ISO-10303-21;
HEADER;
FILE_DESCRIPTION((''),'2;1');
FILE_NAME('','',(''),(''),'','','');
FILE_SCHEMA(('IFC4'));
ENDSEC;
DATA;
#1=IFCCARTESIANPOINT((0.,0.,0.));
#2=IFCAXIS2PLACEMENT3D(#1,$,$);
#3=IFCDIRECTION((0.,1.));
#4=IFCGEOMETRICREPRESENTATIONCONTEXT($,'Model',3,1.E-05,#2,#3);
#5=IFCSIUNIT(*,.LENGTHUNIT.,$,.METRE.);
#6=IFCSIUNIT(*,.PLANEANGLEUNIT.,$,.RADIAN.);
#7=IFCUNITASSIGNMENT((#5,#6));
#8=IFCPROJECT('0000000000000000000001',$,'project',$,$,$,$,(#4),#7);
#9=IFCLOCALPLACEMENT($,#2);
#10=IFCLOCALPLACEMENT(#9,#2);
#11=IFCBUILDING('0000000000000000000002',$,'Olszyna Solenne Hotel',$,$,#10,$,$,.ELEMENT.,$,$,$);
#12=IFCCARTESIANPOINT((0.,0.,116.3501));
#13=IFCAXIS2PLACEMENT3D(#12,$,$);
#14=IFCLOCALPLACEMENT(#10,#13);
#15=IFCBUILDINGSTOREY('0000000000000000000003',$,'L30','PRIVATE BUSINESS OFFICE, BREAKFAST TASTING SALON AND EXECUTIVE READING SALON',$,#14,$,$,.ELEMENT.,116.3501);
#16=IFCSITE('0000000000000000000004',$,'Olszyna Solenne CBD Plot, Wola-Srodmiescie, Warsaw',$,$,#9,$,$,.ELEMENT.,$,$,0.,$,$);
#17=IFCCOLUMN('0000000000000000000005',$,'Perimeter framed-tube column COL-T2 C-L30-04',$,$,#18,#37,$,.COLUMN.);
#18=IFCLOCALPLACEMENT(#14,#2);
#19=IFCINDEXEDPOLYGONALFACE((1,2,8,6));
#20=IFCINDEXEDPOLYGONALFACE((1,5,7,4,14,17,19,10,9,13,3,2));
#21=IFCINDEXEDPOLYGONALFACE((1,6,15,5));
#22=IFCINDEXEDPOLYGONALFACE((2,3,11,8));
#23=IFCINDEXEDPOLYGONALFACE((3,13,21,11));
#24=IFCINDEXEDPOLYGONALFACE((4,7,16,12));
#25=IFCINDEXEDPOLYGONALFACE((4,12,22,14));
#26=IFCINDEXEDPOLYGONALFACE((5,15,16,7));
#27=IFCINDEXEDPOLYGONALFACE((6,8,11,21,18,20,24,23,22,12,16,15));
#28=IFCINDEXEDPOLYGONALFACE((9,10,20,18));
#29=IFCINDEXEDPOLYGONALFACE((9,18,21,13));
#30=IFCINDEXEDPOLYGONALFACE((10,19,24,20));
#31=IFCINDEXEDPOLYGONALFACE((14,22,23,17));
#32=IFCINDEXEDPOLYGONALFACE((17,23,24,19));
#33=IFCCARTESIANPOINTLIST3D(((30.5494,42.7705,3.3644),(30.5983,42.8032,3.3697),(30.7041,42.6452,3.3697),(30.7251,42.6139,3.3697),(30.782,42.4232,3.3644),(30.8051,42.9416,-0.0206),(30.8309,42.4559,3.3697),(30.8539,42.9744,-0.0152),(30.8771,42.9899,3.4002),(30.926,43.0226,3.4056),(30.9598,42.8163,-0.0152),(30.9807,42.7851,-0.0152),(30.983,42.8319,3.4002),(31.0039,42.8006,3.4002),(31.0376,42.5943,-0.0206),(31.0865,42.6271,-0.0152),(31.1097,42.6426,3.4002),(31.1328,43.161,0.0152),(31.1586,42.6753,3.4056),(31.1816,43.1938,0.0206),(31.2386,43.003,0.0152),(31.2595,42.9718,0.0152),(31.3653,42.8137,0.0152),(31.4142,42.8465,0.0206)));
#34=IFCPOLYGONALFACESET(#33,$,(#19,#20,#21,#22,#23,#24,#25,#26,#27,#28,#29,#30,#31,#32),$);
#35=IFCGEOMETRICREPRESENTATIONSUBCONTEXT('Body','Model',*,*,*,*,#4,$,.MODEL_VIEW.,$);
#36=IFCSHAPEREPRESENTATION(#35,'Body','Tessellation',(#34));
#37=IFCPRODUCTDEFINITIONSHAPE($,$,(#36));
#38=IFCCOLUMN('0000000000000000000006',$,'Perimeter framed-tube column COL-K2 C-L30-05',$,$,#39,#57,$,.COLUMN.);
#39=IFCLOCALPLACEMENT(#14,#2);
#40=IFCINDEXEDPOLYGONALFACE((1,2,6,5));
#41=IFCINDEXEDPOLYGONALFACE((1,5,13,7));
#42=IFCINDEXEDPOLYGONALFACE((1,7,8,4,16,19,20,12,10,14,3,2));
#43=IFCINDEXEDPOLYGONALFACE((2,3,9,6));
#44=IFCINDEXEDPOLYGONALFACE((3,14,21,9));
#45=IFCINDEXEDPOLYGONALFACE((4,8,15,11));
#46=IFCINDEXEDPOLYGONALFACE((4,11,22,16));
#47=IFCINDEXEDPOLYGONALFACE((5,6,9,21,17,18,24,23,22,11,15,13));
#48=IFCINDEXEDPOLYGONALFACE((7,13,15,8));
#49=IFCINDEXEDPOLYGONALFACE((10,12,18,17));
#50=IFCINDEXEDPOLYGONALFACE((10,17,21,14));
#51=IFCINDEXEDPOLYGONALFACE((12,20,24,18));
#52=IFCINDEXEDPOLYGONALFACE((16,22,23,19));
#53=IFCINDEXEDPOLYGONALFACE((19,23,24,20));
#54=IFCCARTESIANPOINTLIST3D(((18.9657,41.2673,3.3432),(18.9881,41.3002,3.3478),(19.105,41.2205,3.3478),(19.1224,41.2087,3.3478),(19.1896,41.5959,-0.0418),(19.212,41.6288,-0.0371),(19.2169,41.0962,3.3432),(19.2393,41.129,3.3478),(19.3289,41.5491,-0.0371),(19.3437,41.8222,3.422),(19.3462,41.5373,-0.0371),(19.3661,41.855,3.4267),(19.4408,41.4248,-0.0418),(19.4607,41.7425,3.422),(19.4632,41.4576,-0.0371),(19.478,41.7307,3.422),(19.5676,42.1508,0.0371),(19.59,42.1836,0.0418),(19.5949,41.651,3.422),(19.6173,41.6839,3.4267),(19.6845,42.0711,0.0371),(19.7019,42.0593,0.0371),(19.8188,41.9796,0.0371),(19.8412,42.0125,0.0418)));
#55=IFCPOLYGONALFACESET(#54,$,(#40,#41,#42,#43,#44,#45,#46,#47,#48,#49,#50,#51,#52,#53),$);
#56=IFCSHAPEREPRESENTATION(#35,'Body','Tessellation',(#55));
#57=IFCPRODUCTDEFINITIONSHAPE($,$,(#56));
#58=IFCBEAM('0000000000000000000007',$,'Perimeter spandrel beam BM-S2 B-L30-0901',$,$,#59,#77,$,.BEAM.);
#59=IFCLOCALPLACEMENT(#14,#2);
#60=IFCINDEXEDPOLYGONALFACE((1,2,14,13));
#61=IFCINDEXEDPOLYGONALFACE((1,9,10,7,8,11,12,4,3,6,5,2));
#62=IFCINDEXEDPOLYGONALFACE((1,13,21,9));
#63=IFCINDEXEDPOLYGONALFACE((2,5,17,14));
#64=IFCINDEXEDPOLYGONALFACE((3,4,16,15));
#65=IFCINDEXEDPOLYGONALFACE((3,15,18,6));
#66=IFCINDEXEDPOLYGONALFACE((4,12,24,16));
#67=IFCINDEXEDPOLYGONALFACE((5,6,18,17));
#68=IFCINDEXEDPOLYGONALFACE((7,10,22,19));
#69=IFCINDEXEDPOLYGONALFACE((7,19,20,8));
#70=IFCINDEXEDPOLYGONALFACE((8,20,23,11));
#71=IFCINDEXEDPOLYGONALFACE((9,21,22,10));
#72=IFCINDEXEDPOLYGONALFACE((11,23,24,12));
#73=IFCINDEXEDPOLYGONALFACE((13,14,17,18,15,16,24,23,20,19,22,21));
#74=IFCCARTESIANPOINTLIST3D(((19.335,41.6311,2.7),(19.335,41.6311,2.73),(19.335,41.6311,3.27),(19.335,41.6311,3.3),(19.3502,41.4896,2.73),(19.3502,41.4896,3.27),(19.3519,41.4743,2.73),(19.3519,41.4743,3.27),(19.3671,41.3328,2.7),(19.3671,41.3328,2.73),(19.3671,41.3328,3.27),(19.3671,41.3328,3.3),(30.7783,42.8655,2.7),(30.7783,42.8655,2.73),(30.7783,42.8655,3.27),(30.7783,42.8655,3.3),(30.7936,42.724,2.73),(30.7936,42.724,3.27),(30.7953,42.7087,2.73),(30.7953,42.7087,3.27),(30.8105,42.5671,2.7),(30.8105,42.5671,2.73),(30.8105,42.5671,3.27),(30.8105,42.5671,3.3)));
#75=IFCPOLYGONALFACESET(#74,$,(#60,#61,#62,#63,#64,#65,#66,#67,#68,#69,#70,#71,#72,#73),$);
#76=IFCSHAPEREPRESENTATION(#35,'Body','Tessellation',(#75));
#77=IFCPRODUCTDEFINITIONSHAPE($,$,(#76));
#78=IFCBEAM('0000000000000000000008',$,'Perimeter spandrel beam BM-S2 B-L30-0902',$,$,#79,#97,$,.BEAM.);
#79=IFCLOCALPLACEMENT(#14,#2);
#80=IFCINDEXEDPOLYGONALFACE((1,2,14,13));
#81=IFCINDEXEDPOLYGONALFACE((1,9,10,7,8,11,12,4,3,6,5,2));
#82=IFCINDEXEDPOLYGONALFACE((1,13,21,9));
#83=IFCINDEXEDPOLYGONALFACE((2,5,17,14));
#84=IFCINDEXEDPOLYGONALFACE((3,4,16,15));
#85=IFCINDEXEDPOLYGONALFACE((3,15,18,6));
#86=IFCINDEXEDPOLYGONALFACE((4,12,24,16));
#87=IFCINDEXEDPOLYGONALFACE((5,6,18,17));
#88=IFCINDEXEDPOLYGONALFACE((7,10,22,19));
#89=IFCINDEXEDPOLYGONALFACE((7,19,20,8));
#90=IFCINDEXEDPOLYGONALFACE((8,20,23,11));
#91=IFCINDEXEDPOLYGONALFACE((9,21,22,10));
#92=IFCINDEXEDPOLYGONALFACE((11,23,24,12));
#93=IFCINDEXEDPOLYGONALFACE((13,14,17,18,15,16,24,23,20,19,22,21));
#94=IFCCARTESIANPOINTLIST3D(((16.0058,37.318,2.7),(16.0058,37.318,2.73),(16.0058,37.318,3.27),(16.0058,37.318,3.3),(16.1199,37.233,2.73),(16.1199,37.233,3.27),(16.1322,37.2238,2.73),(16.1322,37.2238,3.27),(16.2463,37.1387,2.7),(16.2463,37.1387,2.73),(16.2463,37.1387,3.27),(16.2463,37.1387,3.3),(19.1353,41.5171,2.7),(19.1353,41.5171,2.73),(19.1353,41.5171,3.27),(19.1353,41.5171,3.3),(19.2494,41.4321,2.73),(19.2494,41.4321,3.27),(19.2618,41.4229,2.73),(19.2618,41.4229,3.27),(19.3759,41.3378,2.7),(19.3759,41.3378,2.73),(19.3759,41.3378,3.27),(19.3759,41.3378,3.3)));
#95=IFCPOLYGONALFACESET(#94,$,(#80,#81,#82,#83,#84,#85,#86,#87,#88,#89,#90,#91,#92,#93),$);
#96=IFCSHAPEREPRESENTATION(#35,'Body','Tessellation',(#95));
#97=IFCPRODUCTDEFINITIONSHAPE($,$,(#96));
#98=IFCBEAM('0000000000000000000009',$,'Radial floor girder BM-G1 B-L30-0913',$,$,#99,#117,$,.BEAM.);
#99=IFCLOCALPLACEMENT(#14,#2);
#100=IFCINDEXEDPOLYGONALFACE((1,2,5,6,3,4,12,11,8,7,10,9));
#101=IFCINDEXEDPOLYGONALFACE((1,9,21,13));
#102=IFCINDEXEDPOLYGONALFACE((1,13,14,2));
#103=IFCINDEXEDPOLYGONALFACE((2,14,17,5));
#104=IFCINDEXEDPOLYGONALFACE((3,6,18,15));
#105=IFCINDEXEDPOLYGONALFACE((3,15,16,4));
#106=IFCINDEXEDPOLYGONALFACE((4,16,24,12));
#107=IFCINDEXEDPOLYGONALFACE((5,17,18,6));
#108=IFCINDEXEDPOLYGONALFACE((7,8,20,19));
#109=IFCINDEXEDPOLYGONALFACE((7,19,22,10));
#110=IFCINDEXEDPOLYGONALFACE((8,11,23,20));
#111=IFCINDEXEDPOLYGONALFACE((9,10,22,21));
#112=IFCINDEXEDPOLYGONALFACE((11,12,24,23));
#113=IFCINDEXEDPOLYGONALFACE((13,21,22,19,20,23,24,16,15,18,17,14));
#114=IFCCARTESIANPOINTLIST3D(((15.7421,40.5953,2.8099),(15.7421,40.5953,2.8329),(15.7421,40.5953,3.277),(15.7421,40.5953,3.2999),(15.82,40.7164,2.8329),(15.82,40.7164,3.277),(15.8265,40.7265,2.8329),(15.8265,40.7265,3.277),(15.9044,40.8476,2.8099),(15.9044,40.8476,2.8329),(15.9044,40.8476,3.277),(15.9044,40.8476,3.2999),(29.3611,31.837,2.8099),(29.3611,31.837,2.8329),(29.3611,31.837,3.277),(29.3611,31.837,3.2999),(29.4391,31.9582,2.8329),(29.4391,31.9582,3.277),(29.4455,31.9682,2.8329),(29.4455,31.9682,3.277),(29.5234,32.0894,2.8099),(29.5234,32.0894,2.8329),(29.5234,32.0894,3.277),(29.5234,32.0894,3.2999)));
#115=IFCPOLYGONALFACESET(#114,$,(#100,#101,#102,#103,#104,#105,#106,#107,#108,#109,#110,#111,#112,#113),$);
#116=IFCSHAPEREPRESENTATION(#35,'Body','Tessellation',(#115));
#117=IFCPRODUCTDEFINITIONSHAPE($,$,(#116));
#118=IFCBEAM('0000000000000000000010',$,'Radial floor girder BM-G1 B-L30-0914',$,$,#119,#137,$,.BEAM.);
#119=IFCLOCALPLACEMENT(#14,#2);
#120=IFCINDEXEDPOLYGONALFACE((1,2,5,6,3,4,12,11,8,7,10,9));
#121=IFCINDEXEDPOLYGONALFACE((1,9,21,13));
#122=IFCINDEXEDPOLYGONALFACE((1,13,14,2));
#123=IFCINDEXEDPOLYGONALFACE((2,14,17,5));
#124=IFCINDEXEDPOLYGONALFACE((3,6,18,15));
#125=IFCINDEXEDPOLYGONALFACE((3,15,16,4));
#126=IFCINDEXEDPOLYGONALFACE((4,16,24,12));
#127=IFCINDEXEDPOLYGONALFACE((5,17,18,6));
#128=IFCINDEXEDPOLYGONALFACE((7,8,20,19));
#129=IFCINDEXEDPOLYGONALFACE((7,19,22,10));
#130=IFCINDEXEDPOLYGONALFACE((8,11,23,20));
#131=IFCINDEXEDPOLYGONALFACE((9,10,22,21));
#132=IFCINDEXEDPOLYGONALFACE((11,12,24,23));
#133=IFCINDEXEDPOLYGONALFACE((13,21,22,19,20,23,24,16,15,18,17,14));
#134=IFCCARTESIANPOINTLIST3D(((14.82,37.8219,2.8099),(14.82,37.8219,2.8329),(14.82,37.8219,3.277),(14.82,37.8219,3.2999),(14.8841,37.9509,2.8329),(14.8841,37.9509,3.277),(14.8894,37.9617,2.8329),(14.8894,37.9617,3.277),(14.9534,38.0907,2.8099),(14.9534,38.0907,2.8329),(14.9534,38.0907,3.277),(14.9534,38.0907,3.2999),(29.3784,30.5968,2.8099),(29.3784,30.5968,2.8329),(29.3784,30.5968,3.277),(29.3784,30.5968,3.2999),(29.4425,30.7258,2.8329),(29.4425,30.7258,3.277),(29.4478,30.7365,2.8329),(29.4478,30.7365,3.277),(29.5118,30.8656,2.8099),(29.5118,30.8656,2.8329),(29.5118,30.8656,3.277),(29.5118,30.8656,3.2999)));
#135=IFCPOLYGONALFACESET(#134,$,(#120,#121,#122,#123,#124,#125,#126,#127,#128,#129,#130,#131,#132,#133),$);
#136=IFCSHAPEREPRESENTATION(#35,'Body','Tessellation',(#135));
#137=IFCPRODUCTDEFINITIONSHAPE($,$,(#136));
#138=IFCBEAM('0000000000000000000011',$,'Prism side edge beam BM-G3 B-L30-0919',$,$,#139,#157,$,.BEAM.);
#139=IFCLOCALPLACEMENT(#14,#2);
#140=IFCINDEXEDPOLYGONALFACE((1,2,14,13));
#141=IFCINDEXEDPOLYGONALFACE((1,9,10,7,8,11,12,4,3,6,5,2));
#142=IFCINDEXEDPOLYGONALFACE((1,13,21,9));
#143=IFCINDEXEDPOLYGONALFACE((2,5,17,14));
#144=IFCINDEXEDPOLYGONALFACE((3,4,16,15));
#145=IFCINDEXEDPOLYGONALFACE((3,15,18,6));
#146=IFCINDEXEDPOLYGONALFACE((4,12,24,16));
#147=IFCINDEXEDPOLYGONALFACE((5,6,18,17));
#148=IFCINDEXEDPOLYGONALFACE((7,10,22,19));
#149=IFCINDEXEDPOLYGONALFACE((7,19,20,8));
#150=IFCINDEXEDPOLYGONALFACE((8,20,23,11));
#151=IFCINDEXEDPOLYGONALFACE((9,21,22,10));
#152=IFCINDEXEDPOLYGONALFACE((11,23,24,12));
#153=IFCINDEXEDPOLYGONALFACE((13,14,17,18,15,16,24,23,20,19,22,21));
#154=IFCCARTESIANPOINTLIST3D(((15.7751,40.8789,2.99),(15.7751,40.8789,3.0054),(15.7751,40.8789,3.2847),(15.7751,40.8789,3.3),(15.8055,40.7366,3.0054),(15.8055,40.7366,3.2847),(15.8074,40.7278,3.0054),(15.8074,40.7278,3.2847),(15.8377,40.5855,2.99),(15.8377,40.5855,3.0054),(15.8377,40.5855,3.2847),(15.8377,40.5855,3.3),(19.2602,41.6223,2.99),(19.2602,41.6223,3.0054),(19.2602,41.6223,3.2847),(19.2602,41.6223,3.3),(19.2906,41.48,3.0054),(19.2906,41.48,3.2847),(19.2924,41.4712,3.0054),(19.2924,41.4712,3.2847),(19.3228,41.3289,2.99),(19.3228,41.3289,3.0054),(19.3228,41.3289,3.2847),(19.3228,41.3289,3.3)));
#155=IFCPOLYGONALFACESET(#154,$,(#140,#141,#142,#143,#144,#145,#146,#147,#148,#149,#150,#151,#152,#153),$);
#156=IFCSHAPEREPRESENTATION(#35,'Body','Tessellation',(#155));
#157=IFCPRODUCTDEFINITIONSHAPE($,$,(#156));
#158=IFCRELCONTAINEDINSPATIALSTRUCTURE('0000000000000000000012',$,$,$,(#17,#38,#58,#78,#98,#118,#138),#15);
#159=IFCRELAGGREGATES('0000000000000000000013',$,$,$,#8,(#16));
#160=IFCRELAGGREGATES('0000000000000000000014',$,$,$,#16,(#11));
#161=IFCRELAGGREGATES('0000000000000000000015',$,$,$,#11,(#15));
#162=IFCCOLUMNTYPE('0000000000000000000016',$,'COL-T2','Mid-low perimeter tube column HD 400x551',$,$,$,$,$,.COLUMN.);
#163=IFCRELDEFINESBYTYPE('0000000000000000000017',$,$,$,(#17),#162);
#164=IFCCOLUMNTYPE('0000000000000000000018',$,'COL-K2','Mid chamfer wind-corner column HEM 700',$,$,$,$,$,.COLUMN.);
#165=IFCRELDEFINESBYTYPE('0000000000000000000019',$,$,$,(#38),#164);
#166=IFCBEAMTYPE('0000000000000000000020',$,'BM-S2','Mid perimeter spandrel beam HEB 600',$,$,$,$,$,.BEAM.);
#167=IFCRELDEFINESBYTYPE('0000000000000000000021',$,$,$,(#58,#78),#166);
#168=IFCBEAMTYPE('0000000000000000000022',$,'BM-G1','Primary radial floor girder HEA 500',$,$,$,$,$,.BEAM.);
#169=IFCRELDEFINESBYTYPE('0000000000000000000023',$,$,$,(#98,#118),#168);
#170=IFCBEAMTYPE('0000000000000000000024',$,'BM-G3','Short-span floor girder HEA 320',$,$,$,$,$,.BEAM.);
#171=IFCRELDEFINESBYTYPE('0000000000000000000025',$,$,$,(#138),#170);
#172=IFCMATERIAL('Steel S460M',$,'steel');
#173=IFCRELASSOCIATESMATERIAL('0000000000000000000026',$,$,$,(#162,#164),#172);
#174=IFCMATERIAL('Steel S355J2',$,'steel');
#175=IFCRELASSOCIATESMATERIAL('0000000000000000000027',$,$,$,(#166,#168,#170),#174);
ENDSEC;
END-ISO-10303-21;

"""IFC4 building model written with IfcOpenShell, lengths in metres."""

from ifc_helpers import new_model, si_unit, direction, frame, origin, origin_2d, place, context, subcontext, project, spatial, i_section, extrude, source, transform, mapped, material, material_profile, profile_set, type_object, element, save


model = new_model("IFC4")

# Units and contexts
model_context = context("Model", 3, precision=1e-05, world=origin(), true_north=direction((0.0, 1.0)))
body_context = subcontext(model_context, "Body", "Model", "MODEL_VIEW")
ifc_project = project(units=[si_unit("LENGTHUNIT", "METRE"), si_unit("PLANEANGLEUNIT", "RADIAN")], contexts=[model_context])

# Site, building, storey
site_placement = place(None, origin())
site = spatial("IfcSite", under=ifc_project, at=site_placement, Name="Olszyna Solenne CBD Plot, Wola-Srodmiescie, Warsaw", CompositionType="ELEMENT", RefElevation=0.0)
building_placement = place(site_placement, origin())
building = spatial("IfcBuilding", under=site, at=building_placement, Name="Olszyna Solenne Hotel", CompositionType="ELEMENT")
storey_placement = place(building_placement, frame((0.0, 0.0, 116.3501)))
storey = spatial("IfcBuildingStorey", under=building, at=storey_placement, Name="L30", Description="PRIVATE BUSINESS OFFICE, BREAKFAST TASTING SALON AND EXECUTIVE READING SALON", CompositionType="ELEMENT", Elevation=116.3501)

# Columns
ifc_material_1 = material(Name="Steel S460M", Category="steel")
ifc_material_profile_1 = material_profile(ifc_material_1, i_section(OverallWidth=0.418, OverallDepth=0.4551, WebThickness=0.0376, FlangeThickness=0.0591, at=origin_2d()), Name="HD 400x551", Category="load-bearing")
ifc_profile_set_1 = profile_set([ifc_material_profile_1], Name="Steel S460M")
column_type_1 = type_object("IfcColumnType", Name="COL-T2", Description="Mid-low perimeter tube column HD 400x551", PredefinedType="COLUMN", material=ifc_profile_set_1)
shared_shape_1 = source(origin(), body_context, "Body", "SweptSolid", [
    extrude(i_section(OverallWidth=0.418, OverallDepth=0.4551, WebThickness=0.0376, FlangeThickness=0.0591, at=origin_2d()), origin(), (0.0, 0.0, 1.0), 3.3989),
])
column_1_placement = place(storey_placement, frame((31.1096, 42.894, 0.0), z_axis=(-0.075204, -0.050351, 0.995896), x_axis=(0.556347, -0.83095, 0.0)))
element("IfcColumn", 1, at=column_1_placement, inside=storey, type_object=column_type_1, Name="Perimeter framed-tube column COL-T2 C-L30-04", PredefinedType="COLUMN", context=body_context, shape_type="MappedRepresentation", body=[
    mapped(shared_shape_1, transform((0.0, 0.0, 0.0), x_axis=(1.0, 0.0, 0.0), y_axis=(0.0, 1.0, 0.0), z_axis=(0.0, 0.0, 1.0), scale=1.0)),
])
ifc_material_profile_2 = material_profile(ifc_material_1, i_section(OverallWidth=0.304, OverallDepth=0.7161, WebThickness=0.021, FlangeThickness=0.04, at=origin_2d()), Name="HEM 700", Category="load-bearing")
ifc_profile_set_2 = profile_set([ifc_material_profile_2], Name="Steel S460M")
column_type_2 = type_object("IfcColumnType", Name="COL-K2", Description="Mid chamfer wind-corner column HEM 700", PredefinedType="COLUMN", material=ifc_profile_set_2)
shared_shape_2 = source(origin(), body_context, "Body", "SweptSolid", [
    extrude(i_section(OverallWidth=0.304, OverallDepth=0.7161, WebThickness=0.021, FlangeThickness=0.04, at=origin_2d()), origin(), (0.0, 0.0, 1.0), 3.4082),
])
column_2_placement = place(storey_placement, frame((19.5154, 41.8042, 0.0), z_axis=(-0.065686, -0.096416, 0.993171), x_axis=(0.826435, -0.563032, 0.0)))
element("IfcColumn", 2, at=column_2_placement, inside=storey, type_object=column_type_2, Name="Perimeter framed-tube column COL-K2 C-L30-05", PredefinedType="COLUMN", context=body_context, shape_type="MappedRepresentation", body=[
    mapped(shared_shape_2, transform((0.0, 0.0, 0.0), x_axis=(1.0, 0.0, 0.0), y_axis=(0.0, 1.0, 0.0), z_axis=(0.0, 0.0, 1.0), scale=1.0)),
])

# Beams
ifc_material_2 = material(Name="Steel S355J2", Category="steel")
ifc_material_profile_3 = material_profile(ifc_material_2, i_section(OverallWidth=0.3, OverallDepth=0.6001, WebThickness=0.0154, FlangeThickness=0.03, at=origin_2d()), Name="HEB 600", Category="load-bearing")
ifc_profile_set_3 = profile_set([ifc_material_profile_3], Name="Steel S355J2")
beam_type_1 = type_object("IfcBeamType", Name="BM-S2", Description="Mid perimeter spandrel beam HEB 600", PredefinedType="BEAM", material=ifc_profile_set_3)
shared_shape_3 = source(origin(), body_context, "Body", "SweptSolid", [
    extrude(i_section(OverallWidth=0.3, OverallDepth=0.6001, WebThickness=0.0154, FlangeThickness=0.03, at=origin_2d()), origin(), (0.0, 0.0, 1.0), 11.5098),
])
beam_1_placement = place(storey_placement, frame((30.7944, 42.7163, 3.0), z_axis=(-0.994233, -0.107246, 0.0), x_axis=(0.107246, -0.994233, 0.0)))
element("IfcBeam", 3, at=beam_1_placement, inside=storey, type_object=beam_type_1, Name="Perimeter spandrel beam BM-S2 B-L30-0901", PredefinedType="BEAM", context=body_context, shape_type="MappedRepresentation", body=[
    mapped(shared_shape_3, transform((0.0, 0.0, 0.0), x_axis=(1.0, 0.0, 0.0), y_axis=(0.0, 1.0, 0.0), z_axis=(0.0, 0.0, 1.0), scale=1.0)),
])
shared_shape_4 = source(origin(), body_context, "Body", "SweptSolid", [
    extrude(i_section(OverallWidth=0.3, OverallDepth=0.6001, WebThickness=0.0154, FlangeThickness=0.03, at=origin_2d()), origin(), (0.0, 0.0, 1.0), 5.2371),
])
beam_2_placement = place(storey_placement, frame((19.2556, 41.4275, 3.0), z_axis=(-0.597581, -0.801809, 0.0), x_axis=(0.801809, -0.597581, 0.0)))
element("IfcBeam", 4, at=beam_2_placement, inside=storey, type_object=beam_type_1, Name="Perimeter spandrel beam BM-S2 B-L30-0902", PredefinedType="BEAM", context=body_context, shape_type="MappedRepresentation", body=[
    mapped(shared_shape_4, transform((0.0, 0.0, 0.0), x_axis=(1.0, 0.0, 0.0), y_axis=(0.0, 1.0, 0.0), z_axis=(0.0, 0.0, 1.0), scale=1.0)),
])
ifc_material_profile_4 = material_profile(ifc_material_2, i_section(OverallWidth=0.3, OverallDepth=0.49, WebThickness=0.012, FlangeThickness=0.0229, at=origin_2d()), Name="HEA 500", Category="load-bearing")
ifc_profile_set_4 = profile_set([ifc_material_profile_4], Name="Steel S355J2")
beam_type_2 = type_object("IfcBeamType", Name="BM-G1", Description="Primary radial floor girder HEA 500", PredefinedType="BEAM", material=ifc_profile_set_4)
shared_shape_5 = source(origin(), body_context, "Body", "SweptSolid", [
    extrude(i_section(OverallWidth=0.3, OverallDepth=0.49, WebThickness=0.012, FlangeThickness=0.0229, at=origin_2d()), origin(), (0.0, 0.0, 1.0), 16.1921),
])
beam_3_placement = place(storey_placement, frame((15.8232, 40.7214, 3.0549), z_axis=(0.84109, -0.540895, 0.0), x_axis=(0.540895, 0.84109, 0.0)))
element("IfcBeam", 5, at=beam_3_placement, inside=storey, type_object=beam_type_2, Name="Radial floor girder BM-G1 B-L30-0913", PredefinedType="BEAM", context=body_context, shape_type="MappedRepresentation", body=[
    mapped(shared_shape_5, transform((0.0, 0.0, 0.0), x_axis=(1.0, 0.0, 0.0), y_axis=(0.0, 1.0, 0.0), z_axis=(0.0, 0.0, 1.0), scale=1.0)),
])
shared_shape_6 = source(origin(), body_context, "Body", "SweptSolid", [
    extrude(i_section(OverallWidth=0.3, OverallDepth=0.49, WebThickness=0.012, FlangeThickness=0.0229, at=origin_2d()), origin(), (0.0, 0.0, 1.0), 16.2527),
])
beam_4_placement = place(storey_placement, frame((14.8867, 37.9563, 3.0549), z_axis=(0.895754, -0.44455, 0.0), x_axis=(0.44455, 0.895754, 0.0)))
element("IfcBeam", 6, at=beam_4_placement, inside=storey, type_object=beam_type_2, Name="Radial floor girder BM-G1 B-L30-0914", PredefinedType="BEAM", context=body_context, shape_type="MappedRepresentation", body=[
    mapped(shared_shape_6, transform((0.0, 0.0, 0.0), x_axis=(1.0, 0.0, 0.0), y_axis=(0.0, 1.0, 0.0), z_axis=(0.0, 0.0, 1.0), scale=1.0)),
])
ifc_material_profile_5 = material_profile(ifc_material_2, i_section(OverallWidth=0.3, OverallDepth=0.3101, WebThickness=0.009, FlangeThickness=0.0154, at=origin_2d()), Name="HEA 320", Category="load-bearing")
ifc_profile_set_5 = profile_set([ifc_material_profile_5], Name="Steel S355J2")
beam_type_3 = type_object("IfcBeamType", Name="BM-G3", Description="Short-span floor girder HEA 320", PredefinedType="BEAM", material=ifc_profile_set_5)
shared_shape_7 = source(origin(), body_context, "Body", "SweptSolid", [
    extrude(i_section(OverallWidth=0.3, OverallDepth=0.3101, WebThickness=0.009, FlangeThickness=0.0154, at=origin_2d()), origin(), (0.0, 0.0, 1.0), 3.5635),
])
beam_5_placement = place(storey_placement, frame((19.2915, 41.4756, 3.145), z_axis=(-0.977997, -0.208617, 0.0), x_axis=(0.208617, -0.977997, 0.0)))
element("IfcBeam", 7, at=beam_5_placement, inside=storey, type_object=beam_type_3, Name="Prism side edge beam BM-G3 B-L30-0919", PredefinedType="BEAM", context=body_context, shape_type="MappedRepresentation", body=[
    mapped(shared_shape_7, transform((0.0, 0.0, 0.0), x_axis=(1.0, 0.0, 0.0), y_axis=(0.0, 1.0, 0.0), z_axis=(0.0, 0.0, 1.0), scale=1.0)),
])

save(model, "model.ifc")
